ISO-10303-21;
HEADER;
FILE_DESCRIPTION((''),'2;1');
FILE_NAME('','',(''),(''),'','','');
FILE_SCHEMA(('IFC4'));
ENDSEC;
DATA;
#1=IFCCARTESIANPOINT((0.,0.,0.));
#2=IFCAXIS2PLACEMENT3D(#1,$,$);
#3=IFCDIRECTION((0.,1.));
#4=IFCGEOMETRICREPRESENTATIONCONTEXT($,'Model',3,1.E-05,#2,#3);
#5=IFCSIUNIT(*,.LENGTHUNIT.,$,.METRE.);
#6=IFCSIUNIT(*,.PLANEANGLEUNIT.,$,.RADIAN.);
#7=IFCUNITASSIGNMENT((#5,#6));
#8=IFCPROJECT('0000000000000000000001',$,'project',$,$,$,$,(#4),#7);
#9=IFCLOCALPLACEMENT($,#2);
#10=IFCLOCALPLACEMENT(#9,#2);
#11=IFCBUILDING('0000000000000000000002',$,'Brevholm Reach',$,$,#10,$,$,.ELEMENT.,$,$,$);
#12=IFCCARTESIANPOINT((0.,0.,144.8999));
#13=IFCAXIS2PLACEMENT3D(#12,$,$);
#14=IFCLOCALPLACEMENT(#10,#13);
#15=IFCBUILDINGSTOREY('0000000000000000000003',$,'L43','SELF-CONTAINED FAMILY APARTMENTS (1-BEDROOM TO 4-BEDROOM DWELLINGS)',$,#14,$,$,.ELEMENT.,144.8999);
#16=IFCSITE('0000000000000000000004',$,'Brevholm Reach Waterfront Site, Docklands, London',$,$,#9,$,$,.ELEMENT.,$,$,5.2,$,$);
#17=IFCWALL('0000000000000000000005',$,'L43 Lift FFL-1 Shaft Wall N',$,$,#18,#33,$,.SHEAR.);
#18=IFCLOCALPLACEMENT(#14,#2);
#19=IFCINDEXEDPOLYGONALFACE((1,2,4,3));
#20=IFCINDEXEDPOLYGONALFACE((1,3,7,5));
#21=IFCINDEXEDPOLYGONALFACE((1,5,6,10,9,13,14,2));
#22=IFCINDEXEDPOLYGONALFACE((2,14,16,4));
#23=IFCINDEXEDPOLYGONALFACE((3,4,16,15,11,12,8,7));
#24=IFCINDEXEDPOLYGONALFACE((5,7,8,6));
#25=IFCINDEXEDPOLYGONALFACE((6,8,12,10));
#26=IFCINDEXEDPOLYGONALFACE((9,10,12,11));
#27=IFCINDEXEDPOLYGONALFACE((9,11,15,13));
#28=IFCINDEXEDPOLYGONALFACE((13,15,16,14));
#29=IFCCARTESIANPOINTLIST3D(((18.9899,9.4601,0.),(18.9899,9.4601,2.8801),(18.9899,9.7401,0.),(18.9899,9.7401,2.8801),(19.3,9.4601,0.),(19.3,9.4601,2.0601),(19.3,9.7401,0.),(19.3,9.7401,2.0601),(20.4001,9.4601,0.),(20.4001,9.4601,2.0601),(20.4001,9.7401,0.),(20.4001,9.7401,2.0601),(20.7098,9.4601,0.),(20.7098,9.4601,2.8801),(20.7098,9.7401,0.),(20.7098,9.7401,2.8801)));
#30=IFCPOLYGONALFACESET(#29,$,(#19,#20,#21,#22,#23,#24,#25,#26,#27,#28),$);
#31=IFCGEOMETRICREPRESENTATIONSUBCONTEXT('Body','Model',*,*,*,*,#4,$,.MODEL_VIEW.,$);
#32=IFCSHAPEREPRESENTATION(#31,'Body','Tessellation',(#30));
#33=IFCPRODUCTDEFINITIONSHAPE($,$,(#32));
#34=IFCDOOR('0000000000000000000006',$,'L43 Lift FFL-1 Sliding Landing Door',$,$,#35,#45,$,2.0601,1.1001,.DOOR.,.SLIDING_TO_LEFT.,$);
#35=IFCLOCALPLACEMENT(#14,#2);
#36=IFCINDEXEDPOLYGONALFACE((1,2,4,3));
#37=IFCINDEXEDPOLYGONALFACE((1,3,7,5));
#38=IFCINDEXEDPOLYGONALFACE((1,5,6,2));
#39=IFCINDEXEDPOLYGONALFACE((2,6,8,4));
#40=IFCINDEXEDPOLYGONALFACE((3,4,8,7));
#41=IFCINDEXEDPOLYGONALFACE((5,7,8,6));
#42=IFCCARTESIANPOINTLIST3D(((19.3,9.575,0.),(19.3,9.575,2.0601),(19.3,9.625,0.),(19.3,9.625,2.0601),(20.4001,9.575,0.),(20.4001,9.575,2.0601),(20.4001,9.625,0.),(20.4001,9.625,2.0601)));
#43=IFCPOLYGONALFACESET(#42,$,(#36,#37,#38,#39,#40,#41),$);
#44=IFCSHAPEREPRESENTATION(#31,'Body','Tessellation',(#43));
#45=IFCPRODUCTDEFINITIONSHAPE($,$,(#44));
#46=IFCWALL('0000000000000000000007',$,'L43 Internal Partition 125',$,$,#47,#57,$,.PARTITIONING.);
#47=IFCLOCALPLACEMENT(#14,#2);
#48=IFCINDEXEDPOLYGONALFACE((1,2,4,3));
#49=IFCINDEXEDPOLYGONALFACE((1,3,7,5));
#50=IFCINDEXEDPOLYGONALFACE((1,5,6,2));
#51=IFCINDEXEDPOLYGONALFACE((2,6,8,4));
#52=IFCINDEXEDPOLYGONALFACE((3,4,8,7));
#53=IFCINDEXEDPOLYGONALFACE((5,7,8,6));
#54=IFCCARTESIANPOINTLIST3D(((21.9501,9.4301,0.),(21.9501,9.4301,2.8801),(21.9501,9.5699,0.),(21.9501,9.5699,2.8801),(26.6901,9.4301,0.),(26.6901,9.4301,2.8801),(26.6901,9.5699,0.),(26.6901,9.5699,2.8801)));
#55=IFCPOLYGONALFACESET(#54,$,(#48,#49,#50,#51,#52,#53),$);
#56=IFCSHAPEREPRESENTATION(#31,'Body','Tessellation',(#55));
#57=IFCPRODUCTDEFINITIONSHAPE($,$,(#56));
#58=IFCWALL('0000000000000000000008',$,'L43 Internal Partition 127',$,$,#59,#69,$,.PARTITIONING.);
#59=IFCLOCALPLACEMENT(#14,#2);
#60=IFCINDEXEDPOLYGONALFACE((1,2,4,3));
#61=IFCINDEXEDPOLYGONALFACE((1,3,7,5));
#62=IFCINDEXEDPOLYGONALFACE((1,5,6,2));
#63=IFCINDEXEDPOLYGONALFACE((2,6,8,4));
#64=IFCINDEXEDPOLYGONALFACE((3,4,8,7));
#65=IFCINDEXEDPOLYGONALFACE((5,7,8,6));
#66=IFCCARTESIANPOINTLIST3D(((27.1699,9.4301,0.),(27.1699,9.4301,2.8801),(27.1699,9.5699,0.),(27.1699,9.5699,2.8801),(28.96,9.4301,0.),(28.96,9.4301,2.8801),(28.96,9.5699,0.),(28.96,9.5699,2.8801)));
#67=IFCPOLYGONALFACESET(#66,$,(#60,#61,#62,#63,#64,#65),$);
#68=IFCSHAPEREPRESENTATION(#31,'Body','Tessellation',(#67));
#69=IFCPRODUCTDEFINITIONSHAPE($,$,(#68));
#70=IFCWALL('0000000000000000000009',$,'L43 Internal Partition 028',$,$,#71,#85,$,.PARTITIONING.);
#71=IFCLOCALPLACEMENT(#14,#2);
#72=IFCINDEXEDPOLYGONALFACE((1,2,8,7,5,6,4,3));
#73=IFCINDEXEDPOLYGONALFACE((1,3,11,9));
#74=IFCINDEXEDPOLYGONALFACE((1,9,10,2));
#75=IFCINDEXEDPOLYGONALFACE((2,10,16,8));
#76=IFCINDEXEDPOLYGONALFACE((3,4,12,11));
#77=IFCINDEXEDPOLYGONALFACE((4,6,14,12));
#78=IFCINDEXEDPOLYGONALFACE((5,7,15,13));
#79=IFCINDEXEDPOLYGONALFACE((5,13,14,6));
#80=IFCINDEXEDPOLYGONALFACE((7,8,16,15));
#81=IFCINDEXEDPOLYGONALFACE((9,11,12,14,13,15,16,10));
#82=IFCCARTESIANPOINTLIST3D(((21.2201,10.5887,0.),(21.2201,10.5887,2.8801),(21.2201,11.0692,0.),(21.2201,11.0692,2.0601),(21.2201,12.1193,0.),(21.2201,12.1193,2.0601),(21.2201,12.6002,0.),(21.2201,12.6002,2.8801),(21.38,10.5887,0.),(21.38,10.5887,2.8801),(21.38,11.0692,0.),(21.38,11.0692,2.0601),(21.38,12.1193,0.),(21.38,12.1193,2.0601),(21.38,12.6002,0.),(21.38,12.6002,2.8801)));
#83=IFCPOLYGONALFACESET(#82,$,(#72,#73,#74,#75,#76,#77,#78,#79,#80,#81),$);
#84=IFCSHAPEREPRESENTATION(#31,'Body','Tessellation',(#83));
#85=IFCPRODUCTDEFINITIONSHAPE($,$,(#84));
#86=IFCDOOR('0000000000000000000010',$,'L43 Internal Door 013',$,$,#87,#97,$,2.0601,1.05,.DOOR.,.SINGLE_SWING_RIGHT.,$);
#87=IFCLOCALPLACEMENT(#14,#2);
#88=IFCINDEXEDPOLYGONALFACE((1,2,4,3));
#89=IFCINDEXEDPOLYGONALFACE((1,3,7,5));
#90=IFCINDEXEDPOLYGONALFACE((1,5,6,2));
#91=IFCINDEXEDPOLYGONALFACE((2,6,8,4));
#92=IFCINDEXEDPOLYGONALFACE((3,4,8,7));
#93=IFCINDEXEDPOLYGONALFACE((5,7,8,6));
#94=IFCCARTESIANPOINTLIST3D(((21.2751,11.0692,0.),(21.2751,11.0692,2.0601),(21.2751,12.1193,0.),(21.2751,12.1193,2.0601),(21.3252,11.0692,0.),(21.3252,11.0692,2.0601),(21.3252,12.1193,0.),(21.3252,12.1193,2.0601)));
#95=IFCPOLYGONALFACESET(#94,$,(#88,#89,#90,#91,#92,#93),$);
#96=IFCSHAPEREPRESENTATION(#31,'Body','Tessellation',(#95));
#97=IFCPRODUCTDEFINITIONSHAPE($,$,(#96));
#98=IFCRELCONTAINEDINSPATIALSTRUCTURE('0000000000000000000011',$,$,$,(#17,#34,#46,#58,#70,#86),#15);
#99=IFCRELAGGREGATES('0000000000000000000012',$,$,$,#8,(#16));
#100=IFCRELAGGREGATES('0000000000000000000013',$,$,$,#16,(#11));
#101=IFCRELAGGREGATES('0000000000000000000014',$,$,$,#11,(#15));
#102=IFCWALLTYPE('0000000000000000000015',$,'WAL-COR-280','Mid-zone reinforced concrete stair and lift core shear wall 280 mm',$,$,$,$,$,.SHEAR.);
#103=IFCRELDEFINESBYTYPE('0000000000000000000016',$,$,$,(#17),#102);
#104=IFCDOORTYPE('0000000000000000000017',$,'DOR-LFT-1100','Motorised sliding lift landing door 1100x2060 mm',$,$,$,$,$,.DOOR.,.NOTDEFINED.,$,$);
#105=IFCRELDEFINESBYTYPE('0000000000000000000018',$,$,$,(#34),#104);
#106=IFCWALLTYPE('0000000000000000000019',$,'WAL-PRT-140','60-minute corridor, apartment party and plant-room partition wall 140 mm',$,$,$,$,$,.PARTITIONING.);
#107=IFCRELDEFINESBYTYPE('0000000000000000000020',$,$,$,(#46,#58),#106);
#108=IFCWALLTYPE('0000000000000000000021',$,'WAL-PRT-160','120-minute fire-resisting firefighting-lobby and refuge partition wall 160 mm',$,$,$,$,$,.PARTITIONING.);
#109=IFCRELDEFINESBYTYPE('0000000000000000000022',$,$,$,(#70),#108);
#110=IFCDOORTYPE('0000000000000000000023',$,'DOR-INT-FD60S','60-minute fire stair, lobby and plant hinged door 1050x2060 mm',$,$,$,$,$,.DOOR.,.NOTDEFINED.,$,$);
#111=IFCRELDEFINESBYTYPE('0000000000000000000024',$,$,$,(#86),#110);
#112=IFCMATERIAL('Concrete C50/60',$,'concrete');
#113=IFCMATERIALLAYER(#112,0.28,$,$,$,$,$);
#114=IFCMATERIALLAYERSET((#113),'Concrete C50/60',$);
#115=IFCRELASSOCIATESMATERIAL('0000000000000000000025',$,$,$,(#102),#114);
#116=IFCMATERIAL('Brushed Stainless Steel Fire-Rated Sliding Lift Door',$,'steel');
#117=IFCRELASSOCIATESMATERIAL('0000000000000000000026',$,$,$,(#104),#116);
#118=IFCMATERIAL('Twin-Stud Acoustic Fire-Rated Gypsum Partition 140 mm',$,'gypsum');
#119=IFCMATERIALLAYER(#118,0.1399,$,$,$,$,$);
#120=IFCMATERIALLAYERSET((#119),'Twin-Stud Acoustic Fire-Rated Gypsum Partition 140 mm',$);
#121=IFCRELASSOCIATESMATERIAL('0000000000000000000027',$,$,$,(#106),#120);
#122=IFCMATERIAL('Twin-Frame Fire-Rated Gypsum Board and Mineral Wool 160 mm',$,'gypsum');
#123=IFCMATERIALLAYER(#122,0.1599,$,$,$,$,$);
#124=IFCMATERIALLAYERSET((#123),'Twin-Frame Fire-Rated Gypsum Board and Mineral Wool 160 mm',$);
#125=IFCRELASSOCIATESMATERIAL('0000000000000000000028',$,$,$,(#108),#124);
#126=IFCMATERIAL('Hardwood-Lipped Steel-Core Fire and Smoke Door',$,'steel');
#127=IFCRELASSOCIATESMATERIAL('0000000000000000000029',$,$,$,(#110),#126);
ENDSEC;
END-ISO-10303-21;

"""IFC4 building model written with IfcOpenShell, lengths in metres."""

from ifc_helpers import new_model, si_unit, direction, frame, frame_2d, origin, place, context, subcontext, project, spatial, rectangle, extrude, material, layer, layer_set, type_object, element, fill, save


model = new_model("IFC4")

# Units and contexts
model_context = context("Model", 3, precision=1e-05, world=origin(), true_north=direction((0.0, 1.0)))
body_context = subcontext(model_context, "Body", "Model", "MODEL_VIEW")
ifc_project = project(units=[si_unit("LENGTHUNIT", "METRE"), si_unit("PLANEANGLEUNIT", "RADIAN")], contexts=[model_context])

# Site, building, storey
site_placement = place(None, origin())
site = spatial("IfcSite", under=ifc_project, at=site_placement, Name="Brevholm Reach Waterfront Site, Docklands, London", CompositionType="ELEMENT", RefElevation=5.2)
building_placement = place(site_placement, origin())
building = spatial("IfcBuilding", under=site, at=building_placement, Name="Brevholm Reach", CompositionType="ELEMENT")
storey_placement = place(building_placement, frame((0.0, 0.0, 144.8999)))
storey = spatial("IfcBuildingStorey", under=building, at=storey_placement, Name="L43", Description="SELF-CONTAINED FAMILY APARTMENTS (1-BEDROOM TO 4-BEDROOM DWELLINGS)", CompositionType="ELEMENT", Elevation=144.8999)

# Shared definitions
ifc_material_1 = material(Name="Concrete C50/60", Category="concrete")
ifc_layer_1 = layer(ifc_material_1, 0.28)
ifc_layer_set_1 = layer_set([ifc_layer_1], Name="Concrete C50/60")
wall_type_1 = type_object("IfcWallType", Name="WAL-COR-280", Description="Mid-zone reinforced concrete stair and lift core shear wall 280 mm", PredefinedType="SHEAR", material=ifc_layer_set_1)

# Wall, opening, door
wall_1_placement = place(storey_placement, frame((18.99, 9.6001, 0.0), z_axis=(0.0, 0.0, 1.0), x_axis=(1.0, 0.0, 0.0)))
wall_1 = element("IfcWall", 1, at=wall_1_placement, inside=storey, type_object=wall_type_1, Name="L43 Lift FFL-1 Shaft Wall N", PredefinedType="SHEAR", context=body_context, shape_type="SweptSolid", body=[
    extrude(rectangle(XDim=1.72, YDim=0.28, at=frame_2d((0.8599, 0.0))), origin(), (0.0, 0.0, 1.0), 2.8801),
])
opening_1_placement = place(wall_1_placement, frame((0.3101, 0.0, 0.0)))
opening_1 = element("IfcOpeningElement", 2, at=opening_1_placement, cuts=wall_1, PredefinedType="OPENING", context=body_context, shape_type="SweptSolid", body=[
    extrude(rectangle(XDim=1.1001, YDim=2.0601, at=frame_2d((0.55, 1.03))), frame((0.0, 0.1499, 0.0), z_axis=(0.0, -1.0, 0.0), x_axis=(1.0, 0.0, 0.0)), (0.0, 0.0, 1.0), 0.3),
])
ifc_material_2 = material(Name="Brushed Stainless Steel Fire-Rated Sliding Lift Door", Category="steel")
door_type_1 = type_object("IfcDoorType", Name="DOR-LFT-1100", Description="Motorised sliding lift landing door 1100x2060 mm", OperationType="NOTDEFINED", PredefinedType="DOOR", material=ifc_material_2)
door_1_placement = place(opening_1_placement, origin())
door_1 = element("IfcDoor", 3, at=door_1_placement, inside=storey, type_object=door_type_1, Name="L43 Lift FFL-1 Sliding Landing Door", OperationType="SLIDING_TO_LEFT", OverallHeight=2.0601, OverallWidth=1.1001, PredefinedType="DOOR", context=body_context, shape_type="SweptSolid", body=[
    extrude(rectangle(XDim=1.1001, YDim=2.0601, at=frame_2d((0.55, 1.03))), frame((0.0, 0.0249, 0.0), z_axis=(0.0, -1.0, 0.0), x_axis=(1.0, 0.0, 0.0)), (0.0, 0.0, 1.0), 0.05),
])
fill(opening_1, door_1)

# Walls
ifc_material_3 = material(Name="Twin-Stud Acoustic Fire-Rated Gypsum Partition 140 mm", Category="gypsum")
ifc_layer_2 = layer(ifc_material_3, 0.1399)
ifc_layer_set_2 = layer_set([ifc_layer_2], Name="Twin-Stud Acoustic Fire-Rated Gypsum Partition 140 mm")
wall_type_2 = type_object("IfcWallType", Name="WAL-PRT-140", Description="60-minute corridor, apartment party and plant-room partition wall 140 mm", PredefinedType="PARTITIONING", material=ifc_layer_set_2)
wall_2_placement = place(storey_placement, frame((21.95, 9.5, 0.0), z_axis=(0.0, 0.0, 1.0), x_axis=(1.0, 0.0, 0.0)))
element("IfcWall", 4, at=wall_2_placement, inside=storey, type_object=wall_type_2, Name="L43 Internal Partition 125", PredefinedType="PARTITIONING", context=body_context, shape_type="SweptSolid", body=[
    extrude(rectangle(XDim=4.74, YDim=0.1399, at=frame_2d((2.3701, 0.0))), origin(), (0.0, 0.0, 1.0), 2.8801),
])
wall_3_placement = place(storey_placement, frame((27.1699, 9.5, 0.0), z_axis=(0.0, 0.0, 1.0), x_axis=(1.0, 0.0, 0.0)))
element("IfcWall", 5, at=wall_3_placement, inside=storey, type_object=wall_type_2, Name="L43 Internal Partition 127", PredefinedType="PARTITIONING", context=body_context, shape_type="SweptSolid", body=[
    extrude(rectangle(XDim=1.79, YDim=0.1399, at=frame_2d((0.895, 0.0))), origin(), (0.0, 0.0, 1.0), 2.8801),
])

# Wall, opening, door
ifc_material_4 = material(Name="Twin-Frame Fire-Rated Gypsum Board and Mineral Wool 160 mm", Category="gypsum")
ifc_layer_3 = layer(ifc_material_4, 0.1599)
ifc_layer_set_3 = layer_set([ifc_layer_3], Name="Twin-Frame Fire-Rated Gypsum Board and Mineral Wool 160 mm")
wall_type_3 = type_object("IfcWallType", Name="WAL-PRT-160", Description="120-minute fire-resisting firefighting-lobby and refuge partition wall 160 mm", PredefinedType="PARTITIONING", material=ifc_layer_set_3)
wall_4_placement = place(storey_placement, frame((21.3, 10.5886, 0.0), z_axis=(0.0, 0.0, 1.0), x_axis=(0.0, 1.0, 0.0)))
wall_4 = element("IfcWall", 6, at=wall_4_placement, inside=storey, type_object=wall_type_3, Name="L43 Internal Partition 028", PredefinedType="PARTITIONING", context=body_context, shape_type="SweptSolid", body=[
    extrude(rectangle(XDim=2.0115, YDim=0.1599, at=frame_2d((1.0059, 0.0))), origin(), (0.0, 0.0, 1.0), 2.8801),
])
opening_2_placement = place(wall_4_placement, frame((0.4807, 0.0, 0.0)))
opening_2 = element("IfcOpeningElement", 7, at=opening_2_placement, cuts=wall_4, PredefinedType="OPENING", context=body_context, shape_type="SweptSolid", body=[
    extrude(rectangle(XDim=1.05, YDim=2.0601, at=frame_2d((0.5249, 1.03))), frame((0.0, 0.0898, 0.0), z_axis=(0.0, -1.0, 0.0), x_axis=(1.0, 0.0, 0.0)), (0.0, 0.0, 1.0), 0.1799),
])
ifc_material_5 = material(Name="Hardwood-Lipped Steel-Core Fire and Smoke Door", Category="steel")
door_type_2 = type_object("IfcDoorType", Name="DOR-INT-FD60S", Description="60-minute fire stair, lobby and plant hinged door 1050x2060 mm", OperationType="NOTDEFINED", PredefinedType="DOOR", material=ifc_material_5)
door_2_placement = place(opening_2_placement, origin())
door_2 = element("IfcDoor", 8, at=door_2_placement, inside=storey, type_object=door_type_2, Name="L43 Internal Door 013", OperationType="SINGLE_SWING_RIGHT", OverallHeight=2.0601, OverallWidth=1.05, PredefinedType="DOOR", context=body_context, shape_type="SweptSolid", body=[
    extrude(rectangle(XDim=1.05, YDim=2.0601, at=frame_2d((0.5249, 1.03))), frame((0.0, 0.0249, 0.0), z_axis=(0.0, -1.0, 0.0), x_axis=(1.0, 0.0, 0.0)), (0.0, 0.0, 1.0), 0.05),
])
fill(opening_2, door_2)

save(model, "model.ifc")
